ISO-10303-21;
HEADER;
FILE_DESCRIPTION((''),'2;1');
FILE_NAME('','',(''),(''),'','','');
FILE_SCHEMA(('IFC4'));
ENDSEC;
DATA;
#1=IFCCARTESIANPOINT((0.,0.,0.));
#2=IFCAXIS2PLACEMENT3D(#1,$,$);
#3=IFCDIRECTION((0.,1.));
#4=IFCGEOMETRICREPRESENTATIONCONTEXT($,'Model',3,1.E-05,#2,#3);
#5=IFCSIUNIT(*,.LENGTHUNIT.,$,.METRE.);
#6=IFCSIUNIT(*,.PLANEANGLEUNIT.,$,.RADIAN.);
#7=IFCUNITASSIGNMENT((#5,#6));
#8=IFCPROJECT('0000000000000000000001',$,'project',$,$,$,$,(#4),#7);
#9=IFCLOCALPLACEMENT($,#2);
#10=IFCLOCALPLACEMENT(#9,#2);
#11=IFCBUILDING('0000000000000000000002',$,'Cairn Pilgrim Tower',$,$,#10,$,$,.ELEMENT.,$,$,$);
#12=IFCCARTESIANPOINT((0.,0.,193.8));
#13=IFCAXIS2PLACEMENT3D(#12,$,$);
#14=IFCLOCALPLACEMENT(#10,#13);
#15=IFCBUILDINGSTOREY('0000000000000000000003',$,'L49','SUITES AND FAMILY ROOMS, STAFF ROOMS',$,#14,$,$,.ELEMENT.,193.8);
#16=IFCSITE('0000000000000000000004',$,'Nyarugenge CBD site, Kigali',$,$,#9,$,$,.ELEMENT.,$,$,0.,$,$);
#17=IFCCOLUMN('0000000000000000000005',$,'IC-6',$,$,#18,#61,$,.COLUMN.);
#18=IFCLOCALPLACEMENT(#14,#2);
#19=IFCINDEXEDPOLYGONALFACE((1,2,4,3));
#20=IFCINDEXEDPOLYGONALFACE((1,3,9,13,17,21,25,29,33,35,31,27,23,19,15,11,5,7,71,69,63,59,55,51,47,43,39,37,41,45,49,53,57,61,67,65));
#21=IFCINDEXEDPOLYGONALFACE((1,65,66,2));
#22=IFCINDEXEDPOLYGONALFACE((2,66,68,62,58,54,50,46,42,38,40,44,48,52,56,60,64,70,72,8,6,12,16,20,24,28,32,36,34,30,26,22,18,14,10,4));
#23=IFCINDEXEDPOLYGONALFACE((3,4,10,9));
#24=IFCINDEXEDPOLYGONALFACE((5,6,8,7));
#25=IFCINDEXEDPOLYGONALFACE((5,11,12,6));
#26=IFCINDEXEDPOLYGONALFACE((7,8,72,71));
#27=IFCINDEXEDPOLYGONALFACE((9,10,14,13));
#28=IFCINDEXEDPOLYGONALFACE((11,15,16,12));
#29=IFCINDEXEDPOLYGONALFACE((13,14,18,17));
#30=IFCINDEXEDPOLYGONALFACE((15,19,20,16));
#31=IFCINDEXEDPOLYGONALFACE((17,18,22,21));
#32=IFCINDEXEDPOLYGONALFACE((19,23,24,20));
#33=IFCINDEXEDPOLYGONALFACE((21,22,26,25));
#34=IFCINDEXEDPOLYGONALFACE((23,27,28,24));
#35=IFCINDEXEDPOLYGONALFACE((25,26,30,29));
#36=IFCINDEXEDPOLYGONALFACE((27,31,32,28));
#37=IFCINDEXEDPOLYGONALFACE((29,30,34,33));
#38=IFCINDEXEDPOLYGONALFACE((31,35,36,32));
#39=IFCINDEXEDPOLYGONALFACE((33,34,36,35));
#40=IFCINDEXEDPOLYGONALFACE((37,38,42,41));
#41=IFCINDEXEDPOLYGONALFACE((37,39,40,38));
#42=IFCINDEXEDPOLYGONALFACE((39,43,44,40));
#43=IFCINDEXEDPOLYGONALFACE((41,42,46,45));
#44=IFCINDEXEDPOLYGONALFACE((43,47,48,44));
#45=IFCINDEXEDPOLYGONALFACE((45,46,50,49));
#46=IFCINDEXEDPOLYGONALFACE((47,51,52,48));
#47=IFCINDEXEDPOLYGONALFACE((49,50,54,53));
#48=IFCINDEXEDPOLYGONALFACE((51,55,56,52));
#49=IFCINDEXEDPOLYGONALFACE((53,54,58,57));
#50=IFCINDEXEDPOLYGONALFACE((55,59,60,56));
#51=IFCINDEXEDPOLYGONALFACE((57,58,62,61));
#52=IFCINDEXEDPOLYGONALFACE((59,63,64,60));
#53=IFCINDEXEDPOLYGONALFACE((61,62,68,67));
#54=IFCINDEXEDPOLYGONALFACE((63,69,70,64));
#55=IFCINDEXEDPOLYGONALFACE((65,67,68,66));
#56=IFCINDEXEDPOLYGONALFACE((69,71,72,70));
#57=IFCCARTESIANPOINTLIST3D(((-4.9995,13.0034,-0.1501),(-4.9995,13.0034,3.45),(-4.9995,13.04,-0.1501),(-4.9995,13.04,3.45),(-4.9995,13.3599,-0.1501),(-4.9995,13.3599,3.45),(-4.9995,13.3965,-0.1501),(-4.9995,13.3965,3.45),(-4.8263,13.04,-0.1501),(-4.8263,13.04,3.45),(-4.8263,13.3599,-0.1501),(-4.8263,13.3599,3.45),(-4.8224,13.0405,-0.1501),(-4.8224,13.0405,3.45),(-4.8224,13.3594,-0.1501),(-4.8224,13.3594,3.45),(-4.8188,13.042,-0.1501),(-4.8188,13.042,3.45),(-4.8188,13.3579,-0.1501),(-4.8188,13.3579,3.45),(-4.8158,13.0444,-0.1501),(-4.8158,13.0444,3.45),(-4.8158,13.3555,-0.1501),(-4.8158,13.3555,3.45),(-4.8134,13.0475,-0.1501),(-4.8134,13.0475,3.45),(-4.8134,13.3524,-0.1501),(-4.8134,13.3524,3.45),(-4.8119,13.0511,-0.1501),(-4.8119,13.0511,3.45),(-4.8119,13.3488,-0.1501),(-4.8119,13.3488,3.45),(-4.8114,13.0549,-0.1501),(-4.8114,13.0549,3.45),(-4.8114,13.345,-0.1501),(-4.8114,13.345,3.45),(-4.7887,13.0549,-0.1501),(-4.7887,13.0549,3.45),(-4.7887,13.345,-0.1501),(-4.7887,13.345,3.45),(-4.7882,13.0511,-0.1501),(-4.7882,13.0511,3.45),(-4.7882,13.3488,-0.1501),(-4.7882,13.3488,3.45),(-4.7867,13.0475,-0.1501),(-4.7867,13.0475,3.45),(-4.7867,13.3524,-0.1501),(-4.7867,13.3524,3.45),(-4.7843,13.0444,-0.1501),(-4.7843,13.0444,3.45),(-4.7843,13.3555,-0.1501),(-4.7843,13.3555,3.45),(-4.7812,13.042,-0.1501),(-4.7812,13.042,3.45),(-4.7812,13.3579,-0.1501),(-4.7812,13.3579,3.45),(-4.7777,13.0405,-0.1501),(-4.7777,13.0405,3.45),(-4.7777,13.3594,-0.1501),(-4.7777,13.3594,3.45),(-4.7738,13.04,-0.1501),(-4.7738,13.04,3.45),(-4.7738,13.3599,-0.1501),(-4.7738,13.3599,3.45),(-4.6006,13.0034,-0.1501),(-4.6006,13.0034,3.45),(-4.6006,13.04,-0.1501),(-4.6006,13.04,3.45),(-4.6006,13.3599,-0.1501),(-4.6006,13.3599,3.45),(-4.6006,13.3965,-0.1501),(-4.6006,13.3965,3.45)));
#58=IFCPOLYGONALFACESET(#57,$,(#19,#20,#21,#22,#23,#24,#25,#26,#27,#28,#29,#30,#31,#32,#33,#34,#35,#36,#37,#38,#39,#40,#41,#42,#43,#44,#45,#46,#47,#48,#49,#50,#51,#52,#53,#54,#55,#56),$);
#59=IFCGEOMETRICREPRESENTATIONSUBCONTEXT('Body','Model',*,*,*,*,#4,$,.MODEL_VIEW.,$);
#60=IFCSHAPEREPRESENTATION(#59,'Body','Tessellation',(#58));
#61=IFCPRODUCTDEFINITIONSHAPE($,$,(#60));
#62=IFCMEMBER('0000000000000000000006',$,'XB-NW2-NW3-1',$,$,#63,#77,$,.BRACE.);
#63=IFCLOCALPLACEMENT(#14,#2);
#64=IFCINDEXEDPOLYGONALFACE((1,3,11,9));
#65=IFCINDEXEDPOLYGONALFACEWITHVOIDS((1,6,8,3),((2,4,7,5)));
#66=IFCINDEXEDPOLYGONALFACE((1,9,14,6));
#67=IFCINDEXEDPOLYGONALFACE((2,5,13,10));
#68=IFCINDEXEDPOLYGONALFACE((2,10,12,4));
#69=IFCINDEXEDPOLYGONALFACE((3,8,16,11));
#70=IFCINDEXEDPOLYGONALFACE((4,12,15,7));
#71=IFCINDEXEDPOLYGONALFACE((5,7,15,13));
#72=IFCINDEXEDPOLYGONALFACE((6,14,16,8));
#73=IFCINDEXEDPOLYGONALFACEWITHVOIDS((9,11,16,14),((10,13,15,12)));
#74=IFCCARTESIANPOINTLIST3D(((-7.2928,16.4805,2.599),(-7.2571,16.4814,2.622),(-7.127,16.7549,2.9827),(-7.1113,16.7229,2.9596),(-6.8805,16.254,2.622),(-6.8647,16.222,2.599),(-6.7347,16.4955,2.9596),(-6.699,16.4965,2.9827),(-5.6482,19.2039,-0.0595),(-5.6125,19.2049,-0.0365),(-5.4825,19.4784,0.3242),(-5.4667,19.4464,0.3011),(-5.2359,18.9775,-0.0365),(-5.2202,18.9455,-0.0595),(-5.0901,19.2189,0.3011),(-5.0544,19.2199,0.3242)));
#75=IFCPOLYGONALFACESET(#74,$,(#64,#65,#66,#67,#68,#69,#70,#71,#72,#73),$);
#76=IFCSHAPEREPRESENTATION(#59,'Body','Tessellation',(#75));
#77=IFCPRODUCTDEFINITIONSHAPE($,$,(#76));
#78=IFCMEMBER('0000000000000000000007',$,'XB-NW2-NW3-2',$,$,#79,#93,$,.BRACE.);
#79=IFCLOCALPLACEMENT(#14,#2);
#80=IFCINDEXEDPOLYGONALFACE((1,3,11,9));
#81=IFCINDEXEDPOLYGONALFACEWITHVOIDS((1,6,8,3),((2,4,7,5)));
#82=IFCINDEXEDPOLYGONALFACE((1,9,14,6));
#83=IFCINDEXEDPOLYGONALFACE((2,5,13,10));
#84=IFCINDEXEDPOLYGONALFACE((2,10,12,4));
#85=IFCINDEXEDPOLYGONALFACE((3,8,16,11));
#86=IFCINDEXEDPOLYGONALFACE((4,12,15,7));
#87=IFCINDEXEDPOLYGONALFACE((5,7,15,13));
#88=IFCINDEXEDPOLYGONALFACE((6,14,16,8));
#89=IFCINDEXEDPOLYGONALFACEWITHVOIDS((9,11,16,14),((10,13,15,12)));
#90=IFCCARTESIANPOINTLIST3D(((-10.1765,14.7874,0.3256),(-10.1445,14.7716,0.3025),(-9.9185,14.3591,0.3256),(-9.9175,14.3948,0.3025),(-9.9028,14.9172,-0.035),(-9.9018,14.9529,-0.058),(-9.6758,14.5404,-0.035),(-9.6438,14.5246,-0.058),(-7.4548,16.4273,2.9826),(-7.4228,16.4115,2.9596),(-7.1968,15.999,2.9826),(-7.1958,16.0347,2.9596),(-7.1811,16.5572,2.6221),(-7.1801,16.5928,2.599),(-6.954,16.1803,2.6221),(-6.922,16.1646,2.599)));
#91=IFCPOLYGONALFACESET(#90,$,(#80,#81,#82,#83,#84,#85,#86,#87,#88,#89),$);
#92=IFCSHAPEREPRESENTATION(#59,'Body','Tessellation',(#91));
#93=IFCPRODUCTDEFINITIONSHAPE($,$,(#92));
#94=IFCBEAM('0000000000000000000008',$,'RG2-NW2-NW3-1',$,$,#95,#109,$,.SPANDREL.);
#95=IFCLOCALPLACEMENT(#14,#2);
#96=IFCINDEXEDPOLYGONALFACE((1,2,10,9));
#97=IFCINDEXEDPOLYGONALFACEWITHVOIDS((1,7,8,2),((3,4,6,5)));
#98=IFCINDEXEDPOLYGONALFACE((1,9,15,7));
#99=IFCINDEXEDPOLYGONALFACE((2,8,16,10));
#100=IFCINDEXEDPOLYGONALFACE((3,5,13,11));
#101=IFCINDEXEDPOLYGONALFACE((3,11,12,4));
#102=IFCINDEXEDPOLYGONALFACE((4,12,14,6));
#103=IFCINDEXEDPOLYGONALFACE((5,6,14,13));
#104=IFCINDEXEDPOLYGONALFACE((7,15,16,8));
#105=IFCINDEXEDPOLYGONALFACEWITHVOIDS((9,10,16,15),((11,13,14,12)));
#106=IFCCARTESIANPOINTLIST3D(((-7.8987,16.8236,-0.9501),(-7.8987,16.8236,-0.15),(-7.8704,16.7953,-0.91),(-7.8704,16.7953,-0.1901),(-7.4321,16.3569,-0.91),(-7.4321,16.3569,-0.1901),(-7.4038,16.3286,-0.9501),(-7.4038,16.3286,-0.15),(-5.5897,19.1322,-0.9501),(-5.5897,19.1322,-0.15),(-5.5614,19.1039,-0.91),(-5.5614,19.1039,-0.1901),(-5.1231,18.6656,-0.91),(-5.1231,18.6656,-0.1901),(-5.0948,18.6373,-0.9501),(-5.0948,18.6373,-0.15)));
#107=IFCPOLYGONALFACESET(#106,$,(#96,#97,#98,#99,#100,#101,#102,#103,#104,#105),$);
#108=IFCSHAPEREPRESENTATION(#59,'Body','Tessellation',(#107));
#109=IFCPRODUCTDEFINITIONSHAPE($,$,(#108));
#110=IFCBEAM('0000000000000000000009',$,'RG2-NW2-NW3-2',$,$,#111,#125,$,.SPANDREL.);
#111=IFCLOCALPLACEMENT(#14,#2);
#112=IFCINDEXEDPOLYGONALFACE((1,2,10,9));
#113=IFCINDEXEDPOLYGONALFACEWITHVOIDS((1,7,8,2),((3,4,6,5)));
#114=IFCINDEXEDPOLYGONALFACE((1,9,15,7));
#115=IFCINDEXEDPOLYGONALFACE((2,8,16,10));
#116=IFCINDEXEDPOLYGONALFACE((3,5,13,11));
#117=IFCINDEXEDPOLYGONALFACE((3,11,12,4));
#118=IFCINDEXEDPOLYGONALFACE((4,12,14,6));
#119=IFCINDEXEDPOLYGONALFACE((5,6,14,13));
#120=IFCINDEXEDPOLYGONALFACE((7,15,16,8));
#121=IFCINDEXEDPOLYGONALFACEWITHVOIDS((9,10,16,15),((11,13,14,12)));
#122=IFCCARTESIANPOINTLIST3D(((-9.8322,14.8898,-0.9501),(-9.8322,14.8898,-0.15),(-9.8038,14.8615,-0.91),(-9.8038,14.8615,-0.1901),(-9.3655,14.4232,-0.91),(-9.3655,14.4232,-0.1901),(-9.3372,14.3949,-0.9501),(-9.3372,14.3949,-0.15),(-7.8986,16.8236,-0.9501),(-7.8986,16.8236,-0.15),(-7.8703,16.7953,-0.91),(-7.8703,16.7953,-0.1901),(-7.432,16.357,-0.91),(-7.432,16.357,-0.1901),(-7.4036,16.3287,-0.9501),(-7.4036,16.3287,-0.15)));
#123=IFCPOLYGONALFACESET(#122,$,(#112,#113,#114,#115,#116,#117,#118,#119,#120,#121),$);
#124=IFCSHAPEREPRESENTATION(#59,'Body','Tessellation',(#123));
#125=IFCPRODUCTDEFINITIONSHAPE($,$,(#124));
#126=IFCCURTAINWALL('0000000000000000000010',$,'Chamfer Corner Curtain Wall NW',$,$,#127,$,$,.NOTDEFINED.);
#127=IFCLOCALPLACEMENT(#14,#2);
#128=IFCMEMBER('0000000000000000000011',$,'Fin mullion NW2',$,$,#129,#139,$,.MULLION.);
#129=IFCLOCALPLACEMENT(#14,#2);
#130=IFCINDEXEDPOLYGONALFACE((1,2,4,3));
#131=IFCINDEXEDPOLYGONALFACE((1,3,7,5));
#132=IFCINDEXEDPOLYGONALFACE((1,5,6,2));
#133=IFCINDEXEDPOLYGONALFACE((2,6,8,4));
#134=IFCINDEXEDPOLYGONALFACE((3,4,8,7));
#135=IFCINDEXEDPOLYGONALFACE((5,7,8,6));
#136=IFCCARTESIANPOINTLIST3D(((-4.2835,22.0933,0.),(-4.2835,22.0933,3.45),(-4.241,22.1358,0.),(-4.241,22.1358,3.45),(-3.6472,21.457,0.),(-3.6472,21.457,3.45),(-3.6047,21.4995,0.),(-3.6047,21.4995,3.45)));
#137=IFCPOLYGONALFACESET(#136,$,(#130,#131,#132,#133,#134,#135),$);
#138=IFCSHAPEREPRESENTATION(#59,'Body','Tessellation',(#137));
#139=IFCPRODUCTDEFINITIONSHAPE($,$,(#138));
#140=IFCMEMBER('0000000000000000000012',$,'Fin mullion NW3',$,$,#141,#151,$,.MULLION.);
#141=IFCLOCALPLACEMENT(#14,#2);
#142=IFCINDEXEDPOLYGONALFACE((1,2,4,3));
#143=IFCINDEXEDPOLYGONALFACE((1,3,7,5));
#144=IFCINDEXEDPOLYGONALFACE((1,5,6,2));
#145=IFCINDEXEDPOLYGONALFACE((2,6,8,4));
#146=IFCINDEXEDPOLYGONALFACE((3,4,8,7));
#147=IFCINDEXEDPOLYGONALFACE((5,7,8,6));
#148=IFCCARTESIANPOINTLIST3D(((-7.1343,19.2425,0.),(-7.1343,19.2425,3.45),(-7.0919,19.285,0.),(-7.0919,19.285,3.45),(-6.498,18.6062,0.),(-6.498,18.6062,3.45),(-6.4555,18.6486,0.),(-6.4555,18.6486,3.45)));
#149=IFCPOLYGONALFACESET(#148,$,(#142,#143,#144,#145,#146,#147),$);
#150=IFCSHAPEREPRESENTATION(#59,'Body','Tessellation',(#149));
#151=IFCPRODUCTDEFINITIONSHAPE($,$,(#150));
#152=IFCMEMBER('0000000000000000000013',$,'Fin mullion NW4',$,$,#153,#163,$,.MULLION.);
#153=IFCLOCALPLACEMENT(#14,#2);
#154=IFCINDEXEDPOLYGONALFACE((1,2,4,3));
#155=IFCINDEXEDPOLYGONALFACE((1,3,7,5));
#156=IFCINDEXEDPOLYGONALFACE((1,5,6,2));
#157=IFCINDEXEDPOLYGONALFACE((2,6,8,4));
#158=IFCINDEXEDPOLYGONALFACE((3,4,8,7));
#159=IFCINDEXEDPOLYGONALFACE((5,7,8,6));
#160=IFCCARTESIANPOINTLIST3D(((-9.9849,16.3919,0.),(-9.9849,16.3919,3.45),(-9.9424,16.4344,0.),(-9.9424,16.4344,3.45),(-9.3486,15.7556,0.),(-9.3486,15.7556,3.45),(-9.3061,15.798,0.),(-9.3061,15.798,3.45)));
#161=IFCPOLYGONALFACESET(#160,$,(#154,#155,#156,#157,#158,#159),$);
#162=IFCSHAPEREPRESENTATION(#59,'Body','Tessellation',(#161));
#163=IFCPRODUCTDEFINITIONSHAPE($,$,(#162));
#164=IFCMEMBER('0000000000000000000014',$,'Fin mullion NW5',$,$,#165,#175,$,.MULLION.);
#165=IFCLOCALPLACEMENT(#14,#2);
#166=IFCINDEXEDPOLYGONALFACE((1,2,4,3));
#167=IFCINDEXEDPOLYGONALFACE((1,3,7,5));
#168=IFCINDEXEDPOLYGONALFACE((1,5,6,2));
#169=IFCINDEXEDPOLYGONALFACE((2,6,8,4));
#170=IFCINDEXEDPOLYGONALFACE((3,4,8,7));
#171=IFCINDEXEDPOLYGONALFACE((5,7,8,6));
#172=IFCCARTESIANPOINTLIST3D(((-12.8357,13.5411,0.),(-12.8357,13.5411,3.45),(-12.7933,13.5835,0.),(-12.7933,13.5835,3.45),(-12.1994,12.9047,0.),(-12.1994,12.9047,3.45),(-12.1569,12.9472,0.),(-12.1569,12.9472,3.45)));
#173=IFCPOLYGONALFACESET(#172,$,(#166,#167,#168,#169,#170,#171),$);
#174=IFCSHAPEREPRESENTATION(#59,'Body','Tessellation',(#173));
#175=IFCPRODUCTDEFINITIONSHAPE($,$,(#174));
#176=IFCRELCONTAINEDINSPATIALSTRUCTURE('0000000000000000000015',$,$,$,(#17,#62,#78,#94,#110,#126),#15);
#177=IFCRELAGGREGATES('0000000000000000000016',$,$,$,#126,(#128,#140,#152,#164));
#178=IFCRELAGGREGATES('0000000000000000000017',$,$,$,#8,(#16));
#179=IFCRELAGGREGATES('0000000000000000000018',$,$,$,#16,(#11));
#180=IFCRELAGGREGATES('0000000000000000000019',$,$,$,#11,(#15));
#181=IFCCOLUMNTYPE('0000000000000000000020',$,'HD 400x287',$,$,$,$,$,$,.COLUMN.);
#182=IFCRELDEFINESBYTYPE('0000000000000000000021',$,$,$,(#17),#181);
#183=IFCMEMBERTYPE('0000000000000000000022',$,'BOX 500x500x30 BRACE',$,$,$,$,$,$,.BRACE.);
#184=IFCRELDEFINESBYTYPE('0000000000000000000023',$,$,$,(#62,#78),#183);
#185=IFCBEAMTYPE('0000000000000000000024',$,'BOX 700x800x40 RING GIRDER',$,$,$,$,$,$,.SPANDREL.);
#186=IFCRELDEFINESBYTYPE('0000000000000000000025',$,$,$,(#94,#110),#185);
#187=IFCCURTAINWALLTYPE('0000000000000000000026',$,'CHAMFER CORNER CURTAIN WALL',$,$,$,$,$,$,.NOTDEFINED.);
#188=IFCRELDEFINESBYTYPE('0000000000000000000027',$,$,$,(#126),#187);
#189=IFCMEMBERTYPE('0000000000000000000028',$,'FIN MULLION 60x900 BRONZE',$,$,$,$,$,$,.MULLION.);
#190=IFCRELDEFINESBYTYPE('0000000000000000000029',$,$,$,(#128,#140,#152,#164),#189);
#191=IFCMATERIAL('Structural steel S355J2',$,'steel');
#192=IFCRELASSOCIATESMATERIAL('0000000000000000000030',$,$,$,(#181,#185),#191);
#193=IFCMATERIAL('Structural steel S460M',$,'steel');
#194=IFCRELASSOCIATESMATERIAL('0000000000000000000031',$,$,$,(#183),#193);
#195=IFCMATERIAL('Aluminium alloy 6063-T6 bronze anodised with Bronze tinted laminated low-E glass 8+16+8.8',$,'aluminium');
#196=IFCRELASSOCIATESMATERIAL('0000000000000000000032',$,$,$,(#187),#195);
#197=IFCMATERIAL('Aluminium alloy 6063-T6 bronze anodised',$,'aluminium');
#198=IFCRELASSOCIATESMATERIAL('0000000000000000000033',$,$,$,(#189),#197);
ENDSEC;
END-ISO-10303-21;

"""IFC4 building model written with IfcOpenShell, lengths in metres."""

from ifc_helpers import new_model, si_unit, direction, frame, origin, origin_2d, place, context, subcontext, project, spatial, rectangle, hollow_rectangle, i_section, extrude, material, material_profile, profile_set, type_object, element, aggregate, save


model = new_model("IFC4")

# Units and contexts
model_context = context("Model", 3, precision=1e-05, world=origin(), true_north=direction((0.0, 1.0)))
body_context = subcontext(model_context, "Body", "Model", "MODEL_VIEW")
ifc_project = project(units=[si_unit("LENGTHUNIT", "METRE"), si_unit("PLANEANGLEUNIT", "RADIAN")], contexts=[model_context])

# Site, building, storey
site_placement = place(None, origin())
site = spatial("IfcSite", under=ifc_project, at=site_placement, Name="Nyarugenge CBD site, Kigali", CompositionType="ELEMENT", RefElevation=0.0)
building_placement = place(site_placement, origin())
building = spatial("IfcBuilding", under=site, at=building_placement, Name="Cairn Pilgrim Tower", CompositionType="ELEMENT")
storey_placement = place(building_placement, frame((0.0, 0.0, 193.8)))
storey = spatial("IfcBuildingStorey", under=building, at=storey_placement, Name="L49", Description="SUITES AND FAMILY ROOMS, STAFF ROOMS", CompositionType="ELEMENT", Elevation=193.8)

# Column
ifc_material_1 = material(Name="Structural steel S460M", Category="steel")
ifc_material_2 = material(Name="Structural steel S355J2", Category="steel")
ifc_material_profile_1 = material_profile(ifc_material_2, i_section(OverallWidth=0.3989, OverallDepth=0.3931, WebThickness=0.0227, FlangeThickness=0.0366, FilletRadius=0.0149, at=origin_2d()), Name="HD 400x287")
ifc_profile_set_1 = profile_set([ifc_material_profile_1], Name="Structural steel S355J2")
column_type_1 = type_object("IfcColumnType", Name="HD 400x287", PredefinedType="COLUMN", material=ifc_profile_set_1)
column_placement = place(storey_placement, frame((-4.8, 13.2, -0.1501), z_axis=(0.0, 0.0, 1.0), x_axis=(1.0, 0.0, 0.0)))
element("IfcColumn", 1, at=column_placement, inside=storey, type_object=column_type_1, Name="IC-6", PredefinedType="COLUMN", context=body_context, shape_type="SweptSolid", body=[
    extrude(i_section(OverallWidth=0.3989, OverallDepth=0.3931, WebThickness=0.0227, FlangeThickness=0.0366, FilletRadius=0.0149, at=origin_2d()), origin(), (0.0, 0.0, 1.0), 3.6001),
])

# Members
ifc_material_profile_2 = material_profile(ifc_material_1, hollow_rectangle(XDim=0.5, YDim=0.5, WallThickness=0.03, at=origin_2d()), Name="BOX 500x500x30")
ifc_profile_set_2 = profile_set([ifc_material_profile_2], Name="Structural steel S460M")
member_type_1 = type_object("IfcMemberType", Name="BOX 500x500x30 BRACE", PredefinedType="BRACE", material=ifc_profile_set_2)
member_1_placement = place(storey_placement, frame((-5.3513, 19.2119, 0.1323), z_axis=(-0.396662, -0.656884, 0.64122), x_axis=(0.856034, -0.51692, 0.0)))
element("IfcMember", 2, at=member_1_placement, inside=storey, type_object=member_type_1, Name="XB-NW2-NW3-1", PredefinedType="BRACE", context=body_context, shape_type="SweptSolid", body=[
    extrude(hollow_rectangle(XDim=0.5, YDim=0.5, WallThickness=0.03, at=origin_2d()), origin(), (0.0, 0.0, 1.0), 4.146),
])
member_2_placement = place(storey_placement, frame((-9.9102, 14.656, 0.1338), z_axis=(0.65709, 0.395916, 0.64147), x_axis=(-0.516088, 0.856536, 0.0)))
element("IfcMember", 3, at=member_2_placement, inside=storey, type_object=member_type_1, Name="XB-NW2-NW3-2", PredefinedType="BRACE", context=body_context, shape_type="SweptSolid", body=[
    extrude(hollow_rectangle(XDim=0.5, YDim=0.5, WallThickness=0.03, at=origin_2d()), origin(), (0.0, 0.0, 1.0), 4.1421),
])

# Beams
ifc_material_profile_3 = material_profile(ifc_material_2, hollow_rectangle(XDim=0.7, YDim=0.8, WallThickness=0.04, at=origin_2d()), Name="BOX 700x800x40")
ifc_profile_set_3 = profile_set([ifc_material_profile_3], Name="Structural steel S355J2")
beam_type_1 = type_object("IfcBeamType", Name="BOX 700x800x40 RING GIRDER", PredefinedType="SPANDREL", material=ifc_profile_set_3)
beam_1_placement = place(storey_placement, frame((-5.3423, 18.8848, -0.55), z_axis=(-0.707144, -0.707069, 0.0), x_axis=(0.707069, -0.707144, 0.0)))
element("IfcBeam", 4, at=beam_1_placement, inside=storey, type_object=beam_type_1, Name="RG2-NW2-NW3-1", PredefinedType="SPANDREL", context=body_context, shape_type="SweptSolid", body=[
    extrude(hollow_rectangle(XDim=0.7, YDim=0.8, WallThickness=0.04, at=origin_2d()), origin(), (0.0, 0.0, 1.0), 3.2651),
])
beam_2_placement = place(storey_placement, frame((-7.6511, 16.5762, -0.55), z_axis=(-0.707062, -0.707151, 0.0), x_axis=(0.707151, -0.707062, 0.0)))
element("IfcBeam", 5, at=beam_2_placement, inside=storey, type_object=beam_type_1, Name="RG2-NW2-NW3-2", PredefinedType="SPANDREL", context=body_context, shape_type="SweptSolid", body=[
    extrude(hollow_rectangle(XDim=0.7, YDim=0.8, WallThickness=0.04, at=origin_2d()), origin(), (0.0, 0.0, 1.0), 2.7346),
])

# Curtain wall, members
ifc_material_3 = material(Name="Aluminium alloy 6063-T6 bronze anodised with Bronze tinted laminated low-E glass 8+16+8.8", Category="aluminium")
curtain_wall_type = type_object("IfcCurtainWallType", Name="CHAMFER CORNER CURTAIN WALL", PredefinedType="NOTDEFINED", material=ifc_material_3)
curtain_wall_placement = place(storey_placement, origin())
curtain_wall = element("IfcCurtainWall", 6, at=curtain_wall_placement, inside=storey, type_object=curtain_wall_type, Name="Chamfer Corner Curtain Wall NW", PredefinedType="NOTDEFINED")
ifc_material_4 = material(Name="Aluminium alloy 6063-T6 bronze anodised", Category="aluminium")
ifc_material_profile_4 = material_profile(ifc_material_4, rectangle(XDim=0.8999, YDim=0.0601, at=origin_2d()), Name="FIN MULLION 60x900 BRONZE")
ifc_profile_set_4 = profile_set([ifc_material_profile_4], Name="Aluminium alloy 6063-T6 bronze anodised")
member_type_2 = type_object("IfcMemberType", Name="FIN MULLION 60x900 BRONZE", PredefinedType="MULLION", material=ifc_profile_set_4)
member_3_placement = place(storey_placement, frame((-3.9441, 21.7964, 0.0), z_axis=(0.0, 0.0, 1.0), x_axis=(-0.707107, 0.707107, 0.0)))
member_3 = element("IfcMember", 7, at=member_3_placement, type_object=member_type_2, Name="Fin mullion NW2", PredefinedType="MULLION", context=body_context, shape_type="SweptSolid", body=[
    extrude(rectangle(XDim=0.8999, YDim=0.0601, at=origin_2d()), origin(), (0.0, 0.0, 1.0), 3.45),
])
member_4_placement = place(storey_placement, frame((-6.7949, 18.9456, 0.0), z_axis=(0.0, 0.0, 1.0), x_axis=(-0.707107, 0.707107, 0.0)))
member_4 = element("IfcMember", 8, at=member_4_placement, type_object=member_type_2, Name="Fin mullion NW3", PredefinedType="MULLION", context=body_context, shape_type="SweptSolid", body=[
    extrude(rectangle(XDim=0.8999, YDim=0.0601, at=origin_2d()), origin(), (0.0, 0.0, 1.0), 3.45),
])
member_5_placement = place(storey_placement, frame((-9.6455, 16.095, 0.0), z_axis=(0.0, 0.0, 1.0), x_axis=(-0.707107, 0.707107, 0.0)))
member_5 = element("IfcMember", 9, at=member_5_placement, type_object=member_type_2, Name="Fin mullion NW4", PredefinedType="MULLION", context=body_context, shape_type="SweptSolid", body=[
    extrude(rectangle(XDim=0.8999, YDim=0.0601, at=origin_2d()), origin(), (0.0, 0.0, 1.0), 3.45),
])
member_6_placement = place(storey_placement, frame((-12.4963, 13.2441, 0.0), z_axis=(0.0, 0.0, 1.0), x_axis=(-0.707107, 0.707107, 0.0)))
member_6 = element("IfcMember", 10, at=member_6_placement, type_object=member_type_2, Name="Fin mullion NW5", PredefinedType="MULLION", context=body_context, shape_type="SweptSolid", body=[
    extrude(rectangle(XDim=0.8999, YDim=0.0601, at=origin_2d()), origin(), (0.0, 0.0, 1.0), 3.45),
])

aggregate(curtain_wall, [member_3, member_4, member_5, member_6])

save(model, "model.ifc")
